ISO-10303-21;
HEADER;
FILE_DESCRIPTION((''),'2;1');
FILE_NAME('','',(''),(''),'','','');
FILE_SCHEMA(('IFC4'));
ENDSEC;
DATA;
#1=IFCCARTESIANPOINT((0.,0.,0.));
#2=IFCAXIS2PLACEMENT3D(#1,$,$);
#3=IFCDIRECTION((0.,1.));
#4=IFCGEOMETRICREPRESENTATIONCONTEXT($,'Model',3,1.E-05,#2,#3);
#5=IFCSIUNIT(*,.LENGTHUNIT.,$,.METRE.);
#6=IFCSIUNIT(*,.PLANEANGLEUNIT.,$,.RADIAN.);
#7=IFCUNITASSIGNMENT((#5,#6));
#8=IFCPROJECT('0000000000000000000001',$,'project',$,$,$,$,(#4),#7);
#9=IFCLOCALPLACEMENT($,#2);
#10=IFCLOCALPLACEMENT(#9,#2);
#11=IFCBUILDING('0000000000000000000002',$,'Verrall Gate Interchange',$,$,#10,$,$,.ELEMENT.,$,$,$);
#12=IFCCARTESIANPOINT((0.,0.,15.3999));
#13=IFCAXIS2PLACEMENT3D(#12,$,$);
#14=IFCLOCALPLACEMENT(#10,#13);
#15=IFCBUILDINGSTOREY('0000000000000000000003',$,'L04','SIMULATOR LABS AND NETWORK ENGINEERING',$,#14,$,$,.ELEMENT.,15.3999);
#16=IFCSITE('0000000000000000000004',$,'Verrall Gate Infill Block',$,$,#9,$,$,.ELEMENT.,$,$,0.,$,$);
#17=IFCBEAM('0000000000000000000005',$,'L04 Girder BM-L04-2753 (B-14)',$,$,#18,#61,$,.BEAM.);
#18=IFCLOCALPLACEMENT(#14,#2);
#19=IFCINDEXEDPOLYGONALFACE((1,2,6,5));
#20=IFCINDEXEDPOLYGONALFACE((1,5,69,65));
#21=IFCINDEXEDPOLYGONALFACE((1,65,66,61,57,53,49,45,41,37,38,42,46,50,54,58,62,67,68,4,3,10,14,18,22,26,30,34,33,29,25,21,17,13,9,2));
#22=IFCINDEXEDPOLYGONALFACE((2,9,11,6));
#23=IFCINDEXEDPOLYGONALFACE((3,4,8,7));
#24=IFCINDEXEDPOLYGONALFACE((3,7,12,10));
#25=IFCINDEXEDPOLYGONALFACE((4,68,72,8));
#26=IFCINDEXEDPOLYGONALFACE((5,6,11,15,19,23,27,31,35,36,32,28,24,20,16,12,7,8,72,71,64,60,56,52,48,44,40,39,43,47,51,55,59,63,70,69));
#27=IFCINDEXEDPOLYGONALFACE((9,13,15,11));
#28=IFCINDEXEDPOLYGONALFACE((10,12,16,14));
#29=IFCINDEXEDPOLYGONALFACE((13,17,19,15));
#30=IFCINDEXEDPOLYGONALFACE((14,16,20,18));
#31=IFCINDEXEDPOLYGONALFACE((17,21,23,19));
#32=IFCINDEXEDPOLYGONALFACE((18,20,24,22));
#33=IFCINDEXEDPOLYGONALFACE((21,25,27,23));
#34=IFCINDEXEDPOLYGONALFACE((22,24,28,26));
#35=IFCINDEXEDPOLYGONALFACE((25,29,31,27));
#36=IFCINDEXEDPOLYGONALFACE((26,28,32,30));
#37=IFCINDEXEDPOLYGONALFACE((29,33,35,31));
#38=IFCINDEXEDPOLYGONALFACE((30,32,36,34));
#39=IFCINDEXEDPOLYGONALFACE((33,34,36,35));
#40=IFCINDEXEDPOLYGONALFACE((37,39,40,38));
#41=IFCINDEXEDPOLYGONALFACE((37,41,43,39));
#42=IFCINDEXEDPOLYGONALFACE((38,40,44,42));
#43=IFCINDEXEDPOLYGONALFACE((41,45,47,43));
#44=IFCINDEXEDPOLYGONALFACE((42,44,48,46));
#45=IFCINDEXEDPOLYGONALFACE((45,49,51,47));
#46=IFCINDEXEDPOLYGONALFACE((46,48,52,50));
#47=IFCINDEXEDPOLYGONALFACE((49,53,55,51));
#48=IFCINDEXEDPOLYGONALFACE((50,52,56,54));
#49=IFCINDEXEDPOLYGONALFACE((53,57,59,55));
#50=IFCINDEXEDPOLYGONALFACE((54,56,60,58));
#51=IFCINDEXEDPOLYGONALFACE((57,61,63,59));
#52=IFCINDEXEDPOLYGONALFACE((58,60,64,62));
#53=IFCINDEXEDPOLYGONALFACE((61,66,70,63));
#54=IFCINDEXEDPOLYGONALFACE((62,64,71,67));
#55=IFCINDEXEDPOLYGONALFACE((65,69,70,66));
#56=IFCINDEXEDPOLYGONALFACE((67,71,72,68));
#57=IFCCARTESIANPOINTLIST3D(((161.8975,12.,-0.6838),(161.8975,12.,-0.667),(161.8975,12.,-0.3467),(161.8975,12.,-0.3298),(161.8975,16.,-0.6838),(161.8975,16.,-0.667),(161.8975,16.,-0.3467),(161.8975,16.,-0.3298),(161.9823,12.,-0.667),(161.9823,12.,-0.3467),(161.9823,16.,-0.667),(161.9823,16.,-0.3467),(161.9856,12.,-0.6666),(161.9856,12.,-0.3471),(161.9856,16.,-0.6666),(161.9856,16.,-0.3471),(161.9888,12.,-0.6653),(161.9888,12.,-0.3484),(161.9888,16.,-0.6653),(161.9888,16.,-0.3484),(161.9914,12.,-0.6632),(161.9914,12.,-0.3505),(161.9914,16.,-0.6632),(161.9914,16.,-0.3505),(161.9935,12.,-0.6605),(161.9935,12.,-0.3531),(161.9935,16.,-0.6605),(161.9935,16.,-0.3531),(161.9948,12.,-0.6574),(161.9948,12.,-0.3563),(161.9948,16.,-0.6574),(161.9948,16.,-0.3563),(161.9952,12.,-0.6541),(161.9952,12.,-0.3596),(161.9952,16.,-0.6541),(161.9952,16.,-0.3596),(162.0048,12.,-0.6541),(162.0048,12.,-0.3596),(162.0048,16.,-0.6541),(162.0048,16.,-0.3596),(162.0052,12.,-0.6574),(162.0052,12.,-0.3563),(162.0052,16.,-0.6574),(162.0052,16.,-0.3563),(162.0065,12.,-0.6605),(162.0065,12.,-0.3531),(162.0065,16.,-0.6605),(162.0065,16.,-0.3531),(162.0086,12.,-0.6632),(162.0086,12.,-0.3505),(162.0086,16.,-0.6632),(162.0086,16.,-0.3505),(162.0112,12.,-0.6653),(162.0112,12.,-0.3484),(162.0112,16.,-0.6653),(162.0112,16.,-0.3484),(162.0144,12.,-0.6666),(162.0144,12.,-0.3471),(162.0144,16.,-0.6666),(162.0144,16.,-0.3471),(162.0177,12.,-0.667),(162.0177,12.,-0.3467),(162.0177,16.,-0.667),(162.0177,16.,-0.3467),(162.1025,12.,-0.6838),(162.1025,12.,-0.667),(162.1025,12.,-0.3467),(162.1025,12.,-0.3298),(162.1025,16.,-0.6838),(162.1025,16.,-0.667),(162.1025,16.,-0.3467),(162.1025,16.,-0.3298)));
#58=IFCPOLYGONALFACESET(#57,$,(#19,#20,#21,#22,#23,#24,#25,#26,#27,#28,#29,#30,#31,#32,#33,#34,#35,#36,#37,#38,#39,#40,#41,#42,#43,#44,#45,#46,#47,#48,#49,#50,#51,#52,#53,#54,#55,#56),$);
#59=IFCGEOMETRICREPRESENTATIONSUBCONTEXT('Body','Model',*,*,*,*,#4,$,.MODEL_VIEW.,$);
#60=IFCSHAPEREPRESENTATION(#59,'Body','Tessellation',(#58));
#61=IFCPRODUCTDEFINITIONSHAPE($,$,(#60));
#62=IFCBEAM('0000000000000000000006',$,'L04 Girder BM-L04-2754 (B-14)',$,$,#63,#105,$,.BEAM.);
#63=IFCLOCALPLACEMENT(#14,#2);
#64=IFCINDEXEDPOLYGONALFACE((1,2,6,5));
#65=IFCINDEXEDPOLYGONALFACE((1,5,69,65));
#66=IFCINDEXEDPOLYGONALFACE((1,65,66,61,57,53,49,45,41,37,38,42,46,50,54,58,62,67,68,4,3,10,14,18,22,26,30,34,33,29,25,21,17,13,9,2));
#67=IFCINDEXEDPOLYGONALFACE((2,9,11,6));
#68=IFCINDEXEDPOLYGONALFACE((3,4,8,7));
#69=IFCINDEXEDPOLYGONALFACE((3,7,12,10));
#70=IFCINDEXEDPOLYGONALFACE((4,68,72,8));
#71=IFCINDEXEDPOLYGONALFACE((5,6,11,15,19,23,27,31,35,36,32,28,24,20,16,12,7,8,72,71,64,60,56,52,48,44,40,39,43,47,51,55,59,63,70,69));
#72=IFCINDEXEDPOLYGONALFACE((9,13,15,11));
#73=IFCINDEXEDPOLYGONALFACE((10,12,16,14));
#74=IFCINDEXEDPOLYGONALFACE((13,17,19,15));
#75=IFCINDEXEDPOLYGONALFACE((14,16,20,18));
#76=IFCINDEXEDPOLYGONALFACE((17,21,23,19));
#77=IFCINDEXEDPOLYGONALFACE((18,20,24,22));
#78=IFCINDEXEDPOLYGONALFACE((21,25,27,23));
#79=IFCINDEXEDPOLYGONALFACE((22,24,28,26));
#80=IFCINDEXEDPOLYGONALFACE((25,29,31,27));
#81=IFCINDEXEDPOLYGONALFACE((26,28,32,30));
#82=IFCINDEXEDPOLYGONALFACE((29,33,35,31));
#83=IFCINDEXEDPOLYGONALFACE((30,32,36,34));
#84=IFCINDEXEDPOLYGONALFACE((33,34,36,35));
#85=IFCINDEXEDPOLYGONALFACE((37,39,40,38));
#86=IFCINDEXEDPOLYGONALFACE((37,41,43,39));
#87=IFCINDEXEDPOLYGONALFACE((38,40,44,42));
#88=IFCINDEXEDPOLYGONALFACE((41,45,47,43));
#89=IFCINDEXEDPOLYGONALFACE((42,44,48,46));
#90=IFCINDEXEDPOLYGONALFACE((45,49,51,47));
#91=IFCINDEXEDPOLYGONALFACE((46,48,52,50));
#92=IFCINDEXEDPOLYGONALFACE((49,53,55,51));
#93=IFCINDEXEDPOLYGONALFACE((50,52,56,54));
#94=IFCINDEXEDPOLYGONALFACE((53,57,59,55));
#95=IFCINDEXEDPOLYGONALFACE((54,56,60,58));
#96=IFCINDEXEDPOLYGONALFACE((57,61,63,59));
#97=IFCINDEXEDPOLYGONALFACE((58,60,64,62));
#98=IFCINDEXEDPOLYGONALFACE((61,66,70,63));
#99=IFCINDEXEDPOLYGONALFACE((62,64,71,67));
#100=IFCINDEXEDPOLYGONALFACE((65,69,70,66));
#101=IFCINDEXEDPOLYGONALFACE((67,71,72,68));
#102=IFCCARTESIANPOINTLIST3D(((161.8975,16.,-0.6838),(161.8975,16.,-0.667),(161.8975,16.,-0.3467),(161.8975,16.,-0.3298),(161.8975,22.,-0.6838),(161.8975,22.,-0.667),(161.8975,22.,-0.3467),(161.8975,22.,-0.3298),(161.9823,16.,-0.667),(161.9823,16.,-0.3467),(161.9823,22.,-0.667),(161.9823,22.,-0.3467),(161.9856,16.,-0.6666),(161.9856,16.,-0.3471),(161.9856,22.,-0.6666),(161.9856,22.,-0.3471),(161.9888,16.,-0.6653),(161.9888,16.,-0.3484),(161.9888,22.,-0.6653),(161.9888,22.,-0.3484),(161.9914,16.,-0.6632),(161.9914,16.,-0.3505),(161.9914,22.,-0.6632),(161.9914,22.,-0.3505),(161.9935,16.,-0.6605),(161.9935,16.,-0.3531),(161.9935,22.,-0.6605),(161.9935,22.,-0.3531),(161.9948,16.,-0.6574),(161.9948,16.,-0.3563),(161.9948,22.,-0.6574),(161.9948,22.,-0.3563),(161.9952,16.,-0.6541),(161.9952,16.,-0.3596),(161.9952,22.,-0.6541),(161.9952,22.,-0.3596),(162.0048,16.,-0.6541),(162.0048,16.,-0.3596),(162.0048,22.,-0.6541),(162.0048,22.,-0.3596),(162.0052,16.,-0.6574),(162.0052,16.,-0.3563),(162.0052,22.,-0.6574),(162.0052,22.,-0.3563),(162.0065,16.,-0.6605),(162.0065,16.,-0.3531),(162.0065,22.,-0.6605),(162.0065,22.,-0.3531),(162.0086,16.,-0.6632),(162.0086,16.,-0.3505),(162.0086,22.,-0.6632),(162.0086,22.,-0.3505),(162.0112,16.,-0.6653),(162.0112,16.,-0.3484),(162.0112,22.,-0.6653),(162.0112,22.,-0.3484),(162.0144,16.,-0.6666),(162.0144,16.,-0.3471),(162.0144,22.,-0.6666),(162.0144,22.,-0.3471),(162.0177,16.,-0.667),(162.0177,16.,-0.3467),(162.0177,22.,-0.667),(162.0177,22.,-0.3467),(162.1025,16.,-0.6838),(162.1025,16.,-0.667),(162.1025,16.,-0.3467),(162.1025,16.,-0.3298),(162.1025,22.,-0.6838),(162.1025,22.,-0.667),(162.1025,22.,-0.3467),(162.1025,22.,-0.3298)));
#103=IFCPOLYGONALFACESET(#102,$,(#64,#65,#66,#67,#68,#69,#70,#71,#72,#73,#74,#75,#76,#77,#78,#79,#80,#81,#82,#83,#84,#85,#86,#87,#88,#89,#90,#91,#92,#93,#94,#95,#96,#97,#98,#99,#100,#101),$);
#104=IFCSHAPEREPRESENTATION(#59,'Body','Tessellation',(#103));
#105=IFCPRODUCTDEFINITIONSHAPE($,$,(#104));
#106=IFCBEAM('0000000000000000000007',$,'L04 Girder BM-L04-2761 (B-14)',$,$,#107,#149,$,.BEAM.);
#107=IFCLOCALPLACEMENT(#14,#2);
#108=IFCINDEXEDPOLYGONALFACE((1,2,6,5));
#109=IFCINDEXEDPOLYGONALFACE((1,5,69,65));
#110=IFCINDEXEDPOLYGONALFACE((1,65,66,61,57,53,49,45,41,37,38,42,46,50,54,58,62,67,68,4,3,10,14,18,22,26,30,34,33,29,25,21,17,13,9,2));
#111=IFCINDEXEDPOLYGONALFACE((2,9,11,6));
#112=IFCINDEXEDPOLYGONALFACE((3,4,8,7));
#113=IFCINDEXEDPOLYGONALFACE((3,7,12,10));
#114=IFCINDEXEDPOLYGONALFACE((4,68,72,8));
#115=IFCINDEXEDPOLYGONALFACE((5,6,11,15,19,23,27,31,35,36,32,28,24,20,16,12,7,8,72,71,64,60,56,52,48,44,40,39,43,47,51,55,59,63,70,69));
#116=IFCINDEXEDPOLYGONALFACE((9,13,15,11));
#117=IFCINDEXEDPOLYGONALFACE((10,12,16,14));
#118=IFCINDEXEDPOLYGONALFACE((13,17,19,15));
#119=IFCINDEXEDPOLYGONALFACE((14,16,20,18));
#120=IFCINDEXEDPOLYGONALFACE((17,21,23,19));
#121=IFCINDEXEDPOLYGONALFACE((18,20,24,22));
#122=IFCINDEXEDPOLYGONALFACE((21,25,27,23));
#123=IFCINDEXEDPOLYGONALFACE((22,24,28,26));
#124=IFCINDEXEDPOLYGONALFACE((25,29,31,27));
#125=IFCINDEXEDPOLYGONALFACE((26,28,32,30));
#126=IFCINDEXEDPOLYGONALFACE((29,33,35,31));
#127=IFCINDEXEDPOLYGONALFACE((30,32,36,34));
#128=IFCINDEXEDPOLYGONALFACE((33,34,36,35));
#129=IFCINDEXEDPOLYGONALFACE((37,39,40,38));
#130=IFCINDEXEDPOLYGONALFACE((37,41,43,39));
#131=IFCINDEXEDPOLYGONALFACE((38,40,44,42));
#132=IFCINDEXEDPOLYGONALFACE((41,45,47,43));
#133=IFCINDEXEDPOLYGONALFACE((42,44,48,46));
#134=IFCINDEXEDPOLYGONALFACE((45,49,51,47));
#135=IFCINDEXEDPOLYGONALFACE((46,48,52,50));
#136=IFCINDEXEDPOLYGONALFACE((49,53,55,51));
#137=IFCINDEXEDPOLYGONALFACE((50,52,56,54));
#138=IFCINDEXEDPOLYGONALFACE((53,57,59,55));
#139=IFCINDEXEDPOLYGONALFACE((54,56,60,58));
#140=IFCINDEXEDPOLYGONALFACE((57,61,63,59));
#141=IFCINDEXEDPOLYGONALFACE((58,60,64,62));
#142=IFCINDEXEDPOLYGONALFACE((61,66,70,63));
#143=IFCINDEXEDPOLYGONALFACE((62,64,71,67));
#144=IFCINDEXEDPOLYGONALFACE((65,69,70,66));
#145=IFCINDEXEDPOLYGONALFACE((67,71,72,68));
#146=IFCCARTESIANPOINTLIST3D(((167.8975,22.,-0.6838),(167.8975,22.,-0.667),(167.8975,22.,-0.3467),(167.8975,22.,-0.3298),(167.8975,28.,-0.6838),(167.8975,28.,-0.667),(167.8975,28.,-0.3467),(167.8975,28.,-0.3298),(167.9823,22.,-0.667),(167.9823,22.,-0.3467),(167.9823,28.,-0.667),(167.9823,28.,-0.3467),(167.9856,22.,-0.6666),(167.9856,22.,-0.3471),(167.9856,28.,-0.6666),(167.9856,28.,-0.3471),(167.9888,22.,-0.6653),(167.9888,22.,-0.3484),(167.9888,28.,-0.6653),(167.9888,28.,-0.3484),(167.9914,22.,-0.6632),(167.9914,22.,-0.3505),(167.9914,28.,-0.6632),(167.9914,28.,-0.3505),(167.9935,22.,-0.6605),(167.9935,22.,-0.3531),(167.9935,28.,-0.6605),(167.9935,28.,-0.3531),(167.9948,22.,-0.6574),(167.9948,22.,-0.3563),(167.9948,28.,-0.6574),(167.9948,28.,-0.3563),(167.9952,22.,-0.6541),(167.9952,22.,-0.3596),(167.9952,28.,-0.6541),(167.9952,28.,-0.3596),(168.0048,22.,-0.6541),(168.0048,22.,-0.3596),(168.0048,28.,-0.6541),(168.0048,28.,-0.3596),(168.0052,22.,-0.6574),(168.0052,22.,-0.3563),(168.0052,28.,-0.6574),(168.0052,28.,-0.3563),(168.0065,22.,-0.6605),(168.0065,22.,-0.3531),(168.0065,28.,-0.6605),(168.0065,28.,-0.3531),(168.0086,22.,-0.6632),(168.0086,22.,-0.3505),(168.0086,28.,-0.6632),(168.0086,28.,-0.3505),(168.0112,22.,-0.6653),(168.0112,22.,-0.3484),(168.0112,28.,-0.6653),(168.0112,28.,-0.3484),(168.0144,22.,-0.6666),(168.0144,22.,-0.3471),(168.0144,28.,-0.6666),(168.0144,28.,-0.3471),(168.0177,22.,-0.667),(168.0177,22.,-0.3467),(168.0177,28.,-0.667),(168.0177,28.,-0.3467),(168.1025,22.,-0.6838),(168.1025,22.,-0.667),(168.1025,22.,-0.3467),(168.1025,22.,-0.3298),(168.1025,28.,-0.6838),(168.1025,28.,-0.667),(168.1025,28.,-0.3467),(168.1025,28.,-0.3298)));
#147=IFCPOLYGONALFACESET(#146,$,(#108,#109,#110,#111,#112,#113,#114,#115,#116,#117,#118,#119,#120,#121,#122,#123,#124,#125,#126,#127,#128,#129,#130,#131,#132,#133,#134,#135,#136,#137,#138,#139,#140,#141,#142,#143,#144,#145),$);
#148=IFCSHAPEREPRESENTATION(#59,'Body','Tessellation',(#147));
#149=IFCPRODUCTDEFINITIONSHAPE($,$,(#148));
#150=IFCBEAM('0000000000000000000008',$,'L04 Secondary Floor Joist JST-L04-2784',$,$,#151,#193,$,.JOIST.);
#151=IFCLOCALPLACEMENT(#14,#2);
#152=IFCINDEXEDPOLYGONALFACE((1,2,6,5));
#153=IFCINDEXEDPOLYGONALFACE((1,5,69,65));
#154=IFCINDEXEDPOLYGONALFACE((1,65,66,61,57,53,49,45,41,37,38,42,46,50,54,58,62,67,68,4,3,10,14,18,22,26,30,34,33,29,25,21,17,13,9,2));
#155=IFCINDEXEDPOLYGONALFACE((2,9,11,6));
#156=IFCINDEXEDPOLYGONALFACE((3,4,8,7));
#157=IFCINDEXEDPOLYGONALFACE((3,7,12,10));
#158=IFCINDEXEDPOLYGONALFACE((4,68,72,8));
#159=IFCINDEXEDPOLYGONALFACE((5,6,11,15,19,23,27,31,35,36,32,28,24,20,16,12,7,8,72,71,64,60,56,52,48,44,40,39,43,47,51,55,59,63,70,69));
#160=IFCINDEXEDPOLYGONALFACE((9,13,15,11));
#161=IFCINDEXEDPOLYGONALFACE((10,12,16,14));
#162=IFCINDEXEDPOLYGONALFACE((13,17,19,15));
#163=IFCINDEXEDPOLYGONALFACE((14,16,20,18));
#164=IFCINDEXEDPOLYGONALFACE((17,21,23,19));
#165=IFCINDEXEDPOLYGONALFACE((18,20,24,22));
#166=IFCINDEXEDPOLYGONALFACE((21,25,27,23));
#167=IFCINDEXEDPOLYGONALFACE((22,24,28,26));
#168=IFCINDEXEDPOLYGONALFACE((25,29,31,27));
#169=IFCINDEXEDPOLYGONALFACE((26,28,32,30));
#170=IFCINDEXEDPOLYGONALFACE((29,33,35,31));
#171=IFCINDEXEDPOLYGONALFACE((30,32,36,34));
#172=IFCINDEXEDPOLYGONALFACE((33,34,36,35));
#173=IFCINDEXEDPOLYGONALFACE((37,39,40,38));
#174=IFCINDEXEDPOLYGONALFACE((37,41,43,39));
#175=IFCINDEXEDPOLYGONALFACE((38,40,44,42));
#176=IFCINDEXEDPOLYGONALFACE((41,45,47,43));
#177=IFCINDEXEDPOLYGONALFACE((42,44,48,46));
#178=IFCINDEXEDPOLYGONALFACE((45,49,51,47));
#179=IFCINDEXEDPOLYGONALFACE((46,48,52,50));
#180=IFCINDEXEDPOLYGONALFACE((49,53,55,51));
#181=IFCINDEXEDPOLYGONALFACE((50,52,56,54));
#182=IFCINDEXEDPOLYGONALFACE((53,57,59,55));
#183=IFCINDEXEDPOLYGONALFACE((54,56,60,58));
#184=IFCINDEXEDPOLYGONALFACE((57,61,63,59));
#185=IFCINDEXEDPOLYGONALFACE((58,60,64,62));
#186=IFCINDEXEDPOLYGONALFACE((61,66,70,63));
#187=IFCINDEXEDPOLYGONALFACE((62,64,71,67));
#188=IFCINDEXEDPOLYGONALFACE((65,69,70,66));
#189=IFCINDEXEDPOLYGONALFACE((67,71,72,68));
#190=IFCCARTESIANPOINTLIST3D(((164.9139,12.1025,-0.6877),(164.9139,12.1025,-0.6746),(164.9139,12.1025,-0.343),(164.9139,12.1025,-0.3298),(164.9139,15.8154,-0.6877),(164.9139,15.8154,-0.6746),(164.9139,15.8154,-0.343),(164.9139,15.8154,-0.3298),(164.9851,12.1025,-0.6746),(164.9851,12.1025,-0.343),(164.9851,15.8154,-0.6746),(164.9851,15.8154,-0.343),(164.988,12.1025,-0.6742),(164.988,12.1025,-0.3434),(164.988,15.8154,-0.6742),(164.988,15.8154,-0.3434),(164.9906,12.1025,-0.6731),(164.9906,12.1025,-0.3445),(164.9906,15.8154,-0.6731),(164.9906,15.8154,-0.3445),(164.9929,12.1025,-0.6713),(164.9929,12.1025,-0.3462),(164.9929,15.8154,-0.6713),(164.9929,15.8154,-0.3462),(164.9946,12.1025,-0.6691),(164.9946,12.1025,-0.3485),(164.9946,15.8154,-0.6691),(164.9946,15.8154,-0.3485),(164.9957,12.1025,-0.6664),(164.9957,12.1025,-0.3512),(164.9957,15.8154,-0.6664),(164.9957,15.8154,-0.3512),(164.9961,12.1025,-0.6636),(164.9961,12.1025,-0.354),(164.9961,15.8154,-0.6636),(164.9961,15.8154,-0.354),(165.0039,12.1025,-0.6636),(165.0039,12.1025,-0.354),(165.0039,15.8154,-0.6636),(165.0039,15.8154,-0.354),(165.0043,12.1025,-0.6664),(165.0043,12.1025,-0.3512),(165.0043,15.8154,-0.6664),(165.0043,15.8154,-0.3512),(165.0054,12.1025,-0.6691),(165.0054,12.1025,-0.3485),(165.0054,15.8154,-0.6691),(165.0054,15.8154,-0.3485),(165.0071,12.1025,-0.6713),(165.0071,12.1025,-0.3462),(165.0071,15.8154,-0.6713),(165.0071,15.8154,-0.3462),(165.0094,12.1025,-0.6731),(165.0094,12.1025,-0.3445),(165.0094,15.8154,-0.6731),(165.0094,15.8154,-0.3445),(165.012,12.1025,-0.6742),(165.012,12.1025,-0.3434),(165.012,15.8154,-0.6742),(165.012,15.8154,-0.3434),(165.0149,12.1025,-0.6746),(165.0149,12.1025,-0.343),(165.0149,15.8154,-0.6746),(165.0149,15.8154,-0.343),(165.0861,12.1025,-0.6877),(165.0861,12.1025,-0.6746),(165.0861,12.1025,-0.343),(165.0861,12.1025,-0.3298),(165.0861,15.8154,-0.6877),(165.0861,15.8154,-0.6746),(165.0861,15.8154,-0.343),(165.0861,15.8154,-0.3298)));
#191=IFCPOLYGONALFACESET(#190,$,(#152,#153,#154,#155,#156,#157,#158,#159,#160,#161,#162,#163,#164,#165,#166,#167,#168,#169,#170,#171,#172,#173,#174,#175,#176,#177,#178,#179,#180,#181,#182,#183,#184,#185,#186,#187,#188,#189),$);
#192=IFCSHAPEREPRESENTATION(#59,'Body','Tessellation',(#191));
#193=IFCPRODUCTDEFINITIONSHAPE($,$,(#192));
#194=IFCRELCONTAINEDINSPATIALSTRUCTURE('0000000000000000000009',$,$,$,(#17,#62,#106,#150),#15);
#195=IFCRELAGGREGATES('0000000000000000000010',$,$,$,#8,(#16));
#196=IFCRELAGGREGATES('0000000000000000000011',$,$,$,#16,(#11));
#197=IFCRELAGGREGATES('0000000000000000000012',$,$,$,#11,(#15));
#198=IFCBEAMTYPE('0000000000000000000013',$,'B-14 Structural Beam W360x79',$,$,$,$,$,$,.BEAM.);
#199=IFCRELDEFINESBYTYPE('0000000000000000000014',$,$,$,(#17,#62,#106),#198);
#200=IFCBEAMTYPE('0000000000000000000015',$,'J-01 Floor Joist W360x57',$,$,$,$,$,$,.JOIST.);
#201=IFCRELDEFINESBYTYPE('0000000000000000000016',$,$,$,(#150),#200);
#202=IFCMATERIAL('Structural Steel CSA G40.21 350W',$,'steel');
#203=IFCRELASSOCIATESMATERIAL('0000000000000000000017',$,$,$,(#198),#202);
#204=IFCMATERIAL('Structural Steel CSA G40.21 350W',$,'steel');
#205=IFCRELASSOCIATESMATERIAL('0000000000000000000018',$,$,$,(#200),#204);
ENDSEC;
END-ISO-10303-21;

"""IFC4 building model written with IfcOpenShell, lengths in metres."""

from ifc_helpers import new_model, si_unit, direction, frame, origin, origin_2d, place, context, subcontext, project, spatial, i_section, extrude, material, material_profile, profile_set, type_object, element, save


model = new_model("IFC4")

# Units and contexts
model_context = context("Model", 3, precision=1e-05, world=origin(), true_north=direction((0.0, 1.0)))
body_context = subcontext(model_context, "Body", "Model", "MODEL_VIEW")
ifc_project = project(units=[si_unit("LENGTHUNIT", "METRE"), si_unit("PLANEANGLEUNIT", "RADIAN")], contexts=[model_context])

# Site, building, storey
site_placement = place(None, origin())
site = spatial("IfcSite", under=ifc_project, at=site_placement, Name="Verrall Gate Infill Block", CompositionType="ELEMENT", RefElevation=0.0)
building_placement = place(site_placement, origin())
building = spatial("IfcBuilding", under=site, at=building_placement, Name="Verrall Gate Interchange", CompositionType="ELEMENT")
storey_placement = place(building_placement, frame((0.0, 0.0, 15.3999)))
storey = spatial("IfcBuildingStorey", under=building, at=storey_placement, Name="L04", Description="SIMULATOR LABS AND NETWORK ENGINEERING", CompositionType="ELEMENT", Elevation=15.3999)

# Beams
ifc_material_1 = material(Name="Structural Steel CSA G40.21 350W", Category="steel")
ifc_material_profile_1 = material_profile(ifc_material_1, i_section(OverallWidth=0.2051, OverallDepth=0.354, WebThickness=0.0095, FlangeThickness=0.0168, FilletRadius=0.0129, at=origin_2d()), Name="W360x79")
ifc_profile_set_1 = profile_set([ifc_material_profile_1], Name="Structural Steel CSA G40.21 350W")
beam_type_1 = type_object("IfcBeamType", Name="B-14 Structural Beam W360x79", PredefinedType="BEAM", material=ifc_profile_set_1)
beam_1_placement = place(storey_placement, frame((162.0, 12.0, -0.5068), z_axis=(0.0, 1.0, 0.0), x_axis=(-1.0, 0.0, 0.0)))
element("IfcBeam", 1, at=beam_1_placement, inside=storey, type_object=beam_type_1, Name="L04 Girder BM-L04-2753 (B-14)", PredefinedType="BEAM", context=body_context, shape_type="SweptSolid", body=[
    extrude(i_section(OverallWidth=0.2051, OverallDepth=0.354, WebThickness=0.0095, FlangeThickness=0.0168, FilletRadius=0.0129, at=origin_2d()), origin(), (0.0, 0.0, 1.0), 4.0),
])
for number, where, z_axis, x_axis, name in (
    (2, (162.0, 16.0, -0.5068), (0.0, 1.0, 0.0), (-1.0, 0.0, 0.0), "L04 Girder BM-L04-2754 (B-14)"),
    (3, (168.0, 22.0, -0.5068), (0.0, 1.0, 0.0), (-1.0, 0.0, 0.0), "L04 Girder BM-L04-2761 (B-14)"),
):
    element("IfcBeam", number, at=place(storey_placement, frame(where, z_axis=z_axis, x_axis=x_axis)), inside=storey, type_object=beam_type_1, Name=name, PredefinedType="BEAM", context=body_context, shape_type="SweptSolid", body=[
        extrude(i_section(OverallWidth=0.2051, OverallDepth=0.354, WebThickness=0.0095, FlangeThickness=0.0168, FilletRadius=0.0129, at=origin_2d()), origin(), (0.0, 0.0, 1.0), 6.0),
    ])
ifc_material_2 = material(Name="Structural Steel CSA G40.21 350W", Category="steel")
ifc_material_profile_2 = material_profile(ifc_material_2, i_section(OverallWidth=0.1721, OverallDepth=0.3579, WebThickness=0.0078, FlangeThickness=0.0132, FilletRadius=0.011, at=origin_2d()), Name="W360x57")
ifc_profile_set_2 = profile_set([ifc_material_profile_2], Name="Structural Steel CSA G40.21 350W")
beam_type_2 = type_object("IfcBeamType", Name="J-01 Floor Joist W360x57", PredefinedType="JOIST", material=ifc_profile_set_2)
beam_2_placement = place(storey_placement, frame((165.0, 12.1025, -0.5088), z_axis=(0.0, 1.0, 0.0), x_axis=(-1.0, 0.0, 0.0)))
element("IfcBeam", 4, at=beam_2_placement, inside=storey, type_object=beam_type_2, Name="L04 Secondary Floor Joist JST-L04-2784", PredefinedType="JOIST", context=body_context, shape_type="SweptSolid", body=[
    extrude(i_section(OverallWidth=0.1721, OverallDepth=0.3579, WebThickness=0.0078, FlangeThickness=0.0132, FilletRadius=0.011, at=origin_2d()), origin(), (0.0, 0.0, 1.0), 3.7129),
])

save(model, "model.ifc")
